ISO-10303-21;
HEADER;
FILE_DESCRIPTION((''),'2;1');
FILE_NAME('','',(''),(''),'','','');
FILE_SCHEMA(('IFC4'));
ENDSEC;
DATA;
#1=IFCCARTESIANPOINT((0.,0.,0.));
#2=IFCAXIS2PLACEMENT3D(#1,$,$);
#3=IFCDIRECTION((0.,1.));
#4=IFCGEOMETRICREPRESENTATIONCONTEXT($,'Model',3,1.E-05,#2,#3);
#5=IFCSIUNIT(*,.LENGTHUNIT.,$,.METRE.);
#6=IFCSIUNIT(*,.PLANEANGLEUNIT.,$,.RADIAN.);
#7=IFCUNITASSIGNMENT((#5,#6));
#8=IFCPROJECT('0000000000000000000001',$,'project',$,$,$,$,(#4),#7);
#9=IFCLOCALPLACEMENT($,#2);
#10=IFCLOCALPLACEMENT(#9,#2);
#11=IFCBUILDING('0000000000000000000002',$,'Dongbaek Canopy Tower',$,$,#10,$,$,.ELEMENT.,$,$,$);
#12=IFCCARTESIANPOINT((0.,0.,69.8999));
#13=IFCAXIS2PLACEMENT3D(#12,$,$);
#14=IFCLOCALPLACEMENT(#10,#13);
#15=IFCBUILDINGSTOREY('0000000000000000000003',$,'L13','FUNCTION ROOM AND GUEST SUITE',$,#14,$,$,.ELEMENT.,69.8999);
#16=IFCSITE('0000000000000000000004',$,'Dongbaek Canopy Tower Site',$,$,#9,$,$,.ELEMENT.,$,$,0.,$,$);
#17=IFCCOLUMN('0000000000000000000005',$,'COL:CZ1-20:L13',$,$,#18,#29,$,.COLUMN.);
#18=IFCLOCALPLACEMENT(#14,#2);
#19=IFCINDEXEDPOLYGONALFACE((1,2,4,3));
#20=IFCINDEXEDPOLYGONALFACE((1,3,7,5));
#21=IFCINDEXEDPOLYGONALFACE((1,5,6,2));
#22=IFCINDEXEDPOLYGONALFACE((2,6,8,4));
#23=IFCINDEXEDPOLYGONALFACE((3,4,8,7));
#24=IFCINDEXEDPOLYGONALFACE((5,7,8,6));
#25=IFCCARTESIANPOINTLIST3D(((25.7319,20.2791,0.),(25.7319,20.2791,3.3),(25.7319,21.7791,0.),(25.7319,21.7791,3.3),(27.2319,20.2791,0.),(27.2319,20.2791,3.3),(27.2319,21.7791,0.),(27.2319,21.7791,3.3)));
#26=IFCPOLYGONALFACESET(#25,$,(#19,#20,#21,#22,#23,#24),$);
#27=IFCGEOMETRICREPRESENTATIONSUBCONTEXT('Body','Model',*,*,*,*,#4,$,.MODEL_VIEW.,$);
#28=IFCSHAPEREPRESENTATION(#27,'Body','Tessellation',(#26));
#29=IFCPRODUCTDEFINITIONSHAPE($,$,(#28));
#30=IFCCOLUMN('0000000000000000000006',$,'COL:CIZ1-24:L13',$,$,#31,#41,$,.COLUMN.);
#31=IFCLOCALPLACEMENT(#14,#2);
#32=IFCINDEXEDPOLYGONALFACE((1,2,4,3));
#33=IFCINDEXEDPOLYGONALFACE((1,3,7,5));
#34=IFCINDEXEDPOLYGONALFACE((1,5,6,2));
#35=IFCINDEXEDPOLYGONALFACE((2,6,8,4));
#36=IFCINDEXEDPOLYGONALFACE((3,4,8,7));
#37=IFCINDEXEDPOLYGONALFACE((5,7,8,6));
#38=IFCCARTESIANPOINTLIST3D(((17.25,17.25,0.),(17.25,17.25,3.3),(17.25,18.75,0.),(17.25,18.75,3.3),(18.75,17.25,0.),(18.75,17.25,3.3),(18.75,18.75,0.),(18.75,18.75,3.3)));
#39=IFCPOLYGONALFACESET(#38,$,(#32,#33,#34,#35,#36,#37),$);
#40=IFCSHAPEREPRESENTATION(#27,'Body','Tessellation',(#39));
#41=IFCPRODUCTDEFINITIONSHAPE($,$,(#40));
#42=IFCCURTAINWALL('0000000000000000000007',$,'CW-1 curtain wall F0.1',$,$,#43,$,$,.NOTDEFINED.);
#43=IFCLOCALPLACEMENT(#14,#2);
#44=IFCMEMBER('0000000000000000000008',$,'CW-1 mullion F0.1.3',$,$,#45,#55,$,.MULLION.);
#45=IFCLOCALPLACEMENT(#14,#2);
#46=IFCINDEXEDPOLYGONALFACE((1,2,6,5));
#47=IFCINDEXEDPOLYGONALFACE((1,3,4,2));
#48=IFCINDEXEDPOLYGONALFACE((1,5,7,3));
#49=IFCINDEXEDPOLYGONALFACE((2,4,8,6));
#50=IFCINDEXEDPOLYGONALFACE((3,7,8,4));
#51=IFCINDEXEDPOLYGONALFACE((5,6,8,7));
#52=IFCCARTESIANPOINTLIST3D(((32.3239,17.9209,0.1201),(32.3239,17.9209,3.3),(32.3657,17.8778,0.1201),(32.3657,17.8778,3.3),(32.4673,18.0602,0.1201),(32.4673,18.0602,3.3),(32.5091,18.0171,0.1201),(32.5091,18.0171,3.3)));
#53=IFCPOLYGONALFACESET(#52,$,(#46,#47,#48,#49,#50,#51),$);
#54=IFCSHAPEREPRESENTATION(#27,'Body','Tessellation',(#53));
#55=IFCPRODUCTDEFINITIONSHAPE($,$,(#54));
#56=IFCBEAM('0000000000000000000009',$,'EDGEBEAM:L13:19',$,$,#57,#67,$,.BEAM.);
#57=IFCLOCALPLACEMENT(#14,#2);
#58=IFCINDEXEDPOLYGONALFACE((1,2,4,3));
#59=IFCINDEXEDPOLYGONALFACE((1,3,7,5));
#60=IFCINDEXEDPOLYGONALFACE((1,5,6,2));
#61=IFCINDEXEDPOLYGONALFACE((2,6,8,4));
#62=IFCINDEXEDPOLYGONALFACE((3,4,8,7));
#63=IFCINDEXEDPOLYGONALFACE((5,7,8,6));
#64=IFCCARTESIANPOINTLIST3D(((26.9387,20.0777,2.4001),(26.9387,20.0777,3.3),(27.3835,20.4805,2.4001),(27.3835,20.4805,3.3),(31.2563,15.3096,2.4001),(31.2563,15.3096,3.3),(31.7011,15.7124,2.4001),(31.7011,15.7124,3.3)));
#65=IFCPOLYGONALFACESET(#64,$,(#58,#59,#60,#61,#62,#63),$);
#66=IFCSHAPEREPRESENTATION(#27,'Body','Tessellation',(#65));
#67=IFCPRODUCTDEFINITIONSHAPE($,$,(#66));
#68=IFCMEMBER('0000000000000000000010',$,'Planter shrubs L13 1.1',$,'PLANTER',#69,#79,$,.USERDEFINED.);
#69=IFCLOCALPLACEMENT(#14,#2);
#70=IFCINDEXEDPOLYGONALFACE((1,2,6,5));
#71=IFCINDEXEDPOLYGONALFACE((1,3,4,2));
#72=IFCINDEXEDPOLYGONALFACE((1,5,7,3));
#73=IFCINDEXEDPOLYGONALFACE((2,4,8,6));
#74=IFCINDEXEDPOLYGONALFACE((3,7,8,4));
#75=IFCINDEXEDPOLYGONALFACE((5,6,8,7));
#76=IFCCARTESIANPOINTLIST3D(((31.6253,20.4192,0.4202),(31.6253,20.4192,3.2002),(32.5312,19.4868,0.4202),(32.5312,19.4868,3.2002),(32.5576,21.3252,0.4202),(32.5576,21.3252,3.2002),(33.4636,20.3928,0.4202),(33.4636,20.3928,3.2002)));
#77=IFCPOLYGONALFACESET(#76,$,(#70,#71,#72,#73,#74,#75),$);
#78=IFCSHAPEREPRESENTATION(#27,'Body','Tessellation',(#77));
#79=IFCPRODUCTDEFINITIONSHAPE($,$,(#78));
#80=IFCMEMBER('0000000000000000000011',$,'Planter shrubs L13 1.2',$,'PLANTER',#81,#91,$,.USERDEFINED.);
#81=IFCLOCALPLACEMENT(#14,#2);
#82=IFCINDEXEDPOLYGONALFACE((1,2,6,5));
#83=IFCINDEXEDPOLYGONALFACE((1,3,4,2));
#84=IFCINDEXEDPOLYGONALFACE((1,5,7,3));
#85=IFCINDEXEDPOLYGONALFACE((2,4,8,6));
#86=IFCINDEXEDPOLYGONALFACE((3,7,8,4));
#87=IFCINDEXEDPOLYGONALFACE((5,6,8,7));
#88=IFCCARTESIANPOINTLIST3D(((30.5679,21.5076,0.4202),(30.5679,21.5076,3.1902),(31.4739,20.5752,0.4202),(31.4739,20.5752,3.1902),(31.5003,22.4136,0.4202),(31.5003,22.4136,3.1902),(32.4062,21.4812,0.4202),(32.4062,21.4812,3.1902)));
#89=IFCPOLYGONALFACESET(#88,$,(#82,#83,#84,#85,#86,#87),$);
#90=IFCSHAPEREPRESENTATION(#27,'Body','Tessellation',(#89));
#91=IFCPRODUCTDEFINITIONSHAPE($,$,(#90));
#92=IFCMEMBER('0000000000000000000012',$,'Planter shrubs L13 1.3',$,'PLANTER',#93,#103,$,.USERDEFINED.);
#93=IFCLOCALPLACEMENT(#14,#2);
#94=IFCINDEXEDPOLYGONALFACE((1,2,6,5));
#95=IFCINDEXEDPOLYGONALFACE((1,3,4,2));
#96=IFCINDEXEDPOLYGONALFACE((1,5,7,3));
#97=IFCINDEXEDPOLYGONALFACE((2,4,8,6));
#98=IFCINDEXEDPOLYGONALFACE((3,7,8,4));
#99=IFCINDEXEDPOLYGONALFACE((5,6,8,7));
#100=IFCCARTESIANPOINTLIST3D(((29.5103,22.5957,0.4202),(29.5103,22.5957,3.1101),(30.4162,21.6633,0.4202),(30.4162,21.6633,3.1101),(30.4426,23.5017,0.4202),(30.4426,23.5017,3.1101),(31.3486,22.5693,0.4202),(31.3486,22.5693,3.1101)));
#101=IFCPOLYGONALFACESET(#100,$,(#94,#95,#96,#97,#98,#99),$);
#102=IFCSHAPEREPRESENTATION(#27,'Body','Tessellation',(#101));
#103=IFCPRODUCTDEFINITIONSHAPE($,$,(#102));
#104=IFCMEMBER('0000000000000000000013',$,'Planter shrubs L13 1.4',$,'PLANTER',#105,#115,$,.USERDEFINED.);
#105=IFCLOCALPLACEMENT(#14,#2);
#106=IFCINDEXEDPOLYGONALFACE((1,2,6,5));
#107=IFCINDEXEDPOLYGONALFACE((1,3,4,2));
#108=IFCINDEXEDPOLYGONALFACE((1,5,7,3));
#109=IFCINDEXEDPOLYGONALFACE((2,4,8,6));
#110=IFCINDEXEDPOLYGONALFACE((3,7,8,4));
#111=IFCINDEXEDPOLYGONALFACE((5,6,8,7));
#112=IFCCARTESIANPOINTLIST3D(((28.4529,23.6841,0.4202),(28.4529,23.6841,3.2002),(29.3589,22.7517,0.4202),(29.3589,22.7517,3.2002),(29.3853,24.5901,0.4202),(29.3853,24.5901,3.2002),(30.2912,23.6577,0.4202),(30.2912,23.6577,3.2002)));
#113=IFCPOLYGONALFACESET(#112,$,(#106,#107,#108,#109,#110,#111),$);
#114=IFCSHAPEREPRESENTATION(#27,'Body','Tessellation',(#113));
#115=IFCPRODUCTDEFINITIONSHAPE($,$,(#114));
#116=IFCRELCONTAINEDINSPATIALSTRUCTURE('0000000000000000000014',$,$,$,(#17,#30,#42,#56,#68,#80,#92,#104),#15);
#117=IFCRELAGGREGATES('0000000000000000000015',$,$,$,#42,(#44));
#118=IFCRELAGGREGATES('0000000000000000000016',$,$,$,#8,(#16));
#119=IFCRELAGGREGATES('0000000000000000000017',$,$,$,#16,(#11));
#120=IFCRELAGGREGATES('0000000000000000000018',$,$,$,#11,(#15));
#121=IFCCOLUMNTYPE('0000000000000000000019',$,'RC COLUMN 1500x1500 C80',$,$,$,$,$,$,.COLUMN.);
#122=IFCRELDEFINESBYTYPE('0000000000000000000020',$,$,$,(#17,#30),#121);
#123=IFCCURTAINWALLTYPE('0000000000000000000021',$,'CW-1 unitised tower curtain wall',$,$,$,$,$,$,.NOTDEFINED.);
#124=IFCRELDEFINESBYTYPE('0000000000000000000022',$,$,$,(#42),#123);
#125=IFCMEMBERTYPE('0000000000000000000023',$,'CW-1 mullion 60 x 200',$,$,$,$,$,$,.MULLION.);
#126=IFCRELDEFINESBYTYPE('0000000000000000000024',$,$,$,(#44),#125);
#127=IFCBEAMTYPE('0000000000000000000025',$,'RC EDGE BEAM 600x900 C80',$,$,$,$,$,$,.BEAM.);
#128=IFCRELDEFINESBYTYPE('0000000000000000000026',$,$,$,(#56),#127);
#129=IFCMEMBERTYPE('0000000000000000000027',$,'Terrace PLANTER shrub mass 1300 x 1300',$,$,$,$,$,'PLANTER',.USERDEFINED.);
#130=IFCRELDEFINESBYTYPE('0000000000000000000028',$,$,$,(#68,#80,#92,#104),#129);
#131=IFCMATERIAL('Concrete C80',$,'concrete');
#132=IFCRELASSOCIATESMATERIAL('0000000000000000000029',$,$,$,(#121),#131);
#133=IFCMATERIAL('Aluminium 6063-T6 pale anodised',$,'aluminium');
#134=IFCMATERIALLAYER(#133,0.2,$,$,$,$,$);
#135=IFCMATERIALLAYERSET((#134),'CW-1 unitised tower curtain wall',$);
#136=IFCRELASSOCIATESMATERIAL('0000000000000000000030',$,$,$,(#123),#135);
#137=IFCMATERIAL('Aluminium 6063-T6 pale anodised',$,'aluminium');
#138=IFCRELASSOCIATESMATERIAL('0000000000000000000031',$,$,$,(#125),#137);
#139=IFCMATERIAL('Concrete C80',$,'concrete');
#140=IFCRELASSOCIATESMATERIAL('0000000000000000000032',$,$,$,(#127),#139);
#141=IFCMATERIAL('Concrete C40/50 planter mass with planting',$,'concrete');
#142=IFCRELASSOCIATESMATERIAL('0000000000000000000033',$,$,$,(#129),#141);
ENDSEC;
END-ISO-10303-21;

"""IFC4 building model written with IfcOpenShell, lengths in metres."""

from ifc_helpers import new_model, si_unit, direction, frame, origin, origin_2d, place, context, subcontext, project, spatial, rectangle, extrude, material, layer, layer_set, material_profile, profile_set, type_object, element, aggregate, save


model = new_model("IFC4")

# Units and contexts
model_context = context("Model", 3, precision=1e-05, world=origin(), true_north=direction((0.0, 1.0)))
body_context = subcontext(model_context, "Body", "Model", "MODEL_VIEW")
ifc_project = project(units=[si_unit("LENGTHUNIT", "METRE"), si_unit("PLANEANGLEUNIT", "RADIAN")], contexts=[model_context])

# Site, building, storey
site_placement = place(None, origin())
site = spatial("IfcSite", under=ifc_project, at=site_placement, Name="Dongbaek Canopy Tower Site", CompositionType="ELEMENT", RefElevation=0.0)
building_placement = place(site_placement, origin())
building = spatial("IfcBuilding", under=site, at=building_placement, Name="Dongbaek Canopy Tower", CompositionType="ELEMENT")
storey_placement = place(building_placement, frame((0.0, 0.0, 69.8999)))
storey = spatial("IfcBuildingStorey", under=building, at=storey_placement, Name="L13", Description="FUNCTION ROOM AND GUEST SUITE", CompositionType="ELEMENT", Elevation=69.8999)

# Columns
ifc_material_1 = material(Name="Concrete C80", Category="concrete")
ifc_material_profile_1 = material_profile(ifc_material_1, rectangle(XDim=1.5, YDim=1.5, at=origin_2d()), Name="RC COLUMN 1500x1500 C80")
ifc_profile_set_1 = profile_set([ifc_material_profile_1], Name="Concrete C80")
column_type = type_object("IfcColumnType", Name="RC COLUMN 1500x1500 C80", PredefinedType="COLUMN", material=ifc_profile_set_1)
for number, where, z_axis, x_axis, name in (
    (1, (26.4819, 21.0291, 0.0), (0.0, 0.0, 1.0), (1.0, 0.0, 0.0), "COL:CZ1-20:L13"),
    (2, (18.0, 18.0, 0.0), (0.0, 0.0, 1.0), (1.0, 0.0, 0.0), "COL:CIZ1-24:L13"),
):
    element("IfcColumn", number, at=place(storey_placement, frame(where, z_axis=z_axis, x_axis=x_axis)), inside=storey, type_object=column_type, Name=name, PredefinedType="COLUMN", context=body_context, shape_type="SweptSolid", body=[
        extrude(rectangle(XDim=1.5, YDim=1.5, at=origin_2d()), origin(), (0.0, 0.0, 1.0), 3.3),
    ])

# Curtain wall, member
ifc_material_2 = material(Name="Aluminium 6063-T6 pale anodised", Category="aluminium")
ifc_layer_1 = layer(ifc_material_2, 0.2)
ifc_layer_set_1 = layer_set([ifc_layer_1], Name="CW-1 unitised tower curtain wall")
curtain_wall_type = type_object("IfcCurtainWallType", Name="CW-1 unitised tower curtain wall", PredefinedType="NOTDEFINED", material=ifc_layer_set_1)
curtain_wall_placement = place(storey_placement, origin())
curtain_wall = element("IfcCurtainWall", 3, at=curtain_wall_placement, inside=storey, type_object=curtain_wall_type, Name="CW-1 curtain wall F0.1", PredefinedType="NOTDEFINED")
ifc_material_3 = material(Name="Aluminium 6063-T6 pale anodised", Category="aluminium")
ifc_material_profile_2 = material_profile(ifc_material_3, rectangle(XDim=0.2, YDim=0.0601, at=origin_2d()), Name="CW-1 mullion 60 x 200")
ifc_profile_set_2 = profile_set([ifc_material_profile_2], Name="Aluminium 6063-T6 pale anodised")
member_type_1 = type_object("IfcMemberType", Name="CW-1 mullion 60 x 200", PredefinedType="MULLION", material=ifc_profile_set_2)
member_1_placement = place(storey_placement, frame((32.4165, 17.969, 0.1201), z_axis=(0.0, 0.0, 1.0), x_axis=(0.717186, 0.696882, 0.0)))
member_1 = element("IfcMember", 4, at=member_1_placement, type_object=member_type_1, Name="CW-1 mullion F0.1.3", PredefinedType="MULLION", context=body_context, shape_type="SweptSolid", body=[
    extrude(rectangle(XDim=0.2, YDim=0.0601, at=origin_2d()), origin(), (0.0, 0.0, 1.0), 3.1799),
])
aggregate(curtain_wall, [member_1])

# Beam
ifc_material_4 = material(Name="Concrete C80", Category="concrete")
ifc_material_profile_3 = material_profile(ifc_material_4, rectangle(XDim=0.6001, YDim=0.8999, at=origin_2d()), Name="RC EDGE BEAM 600x900 C80")
ifc_profile_set_3 = profile_set([ifc_material_profile_3], Name="Concrete C80")
beam_type = type_object("IfcBeamType", Name="RC EDGE BEAM 600x900 C80", PredefinedType="BEAM", material=ifc_profile_set_3)
beam_placement = place(storey_placement, frame((27.1611, 20.2791, 2.8501), z_axis=(0.671226, -0.741252, 0.0), x_axis=(0.741252, 0.671226, 0.0)))
element("IfcBeam", 5, at=beam_placement, inside=storey, type_object=beam_type, Name="EDGEBEAM:L13:19", PredefinedType="BEAM", context=body_context, shape_type="SweptSolid", body=[
    extrude(rectangle(XDim=0.6001, YDim=0.8999, at=origin_2d()), origin(), (0.0, 0.0, 1.0), 6.4324),
])

# Members
ifc_material_5 = material(Name="Concrete C40/50 planter mass with planting", Category="concrete")
ifc_material_profile_4 = material_profile(ifc_material_5, rectangle(XDim=1.3, YDim=1.3, at=origin_2d()), Name="Terrace PLANTER shrub mass 1300 x 1300")
ifc_profile_set_4 = profile_set([ifc_material_profile_4], Name="Concrete C40/50 planter mass with planting")
member_type_2 = type_object("IfcMemberType", Name="Terrace PLANTER shrub mass 1300 x 1300", ElementType="PLANTER", PredefinedType="USERDEFINED", material=ifc_profile_set_4)
member_2_placement = place(storey_placement, frame((32.5444, 20.406, 0.4202), z_axis=(0.0, 0.0, 1.0), x_axis=(0.717186, 0.696882, 0.0)))
element("IfcMember", 6, at=member_2_placement, inside=storey, type_object=member_type_2, Name="Planter shrubs L13 1.1", ObjectType="PLANTER", PredefinedType="USERDEFINED", context=body_context, shape_type="SweptSolid", body=[
    extrude(rectangle(XDim=1.3, YDim=1.3, at=origin_2d()), origin(), (0.0, 0.0, 1.0), 2.78),
])
member_3_placement = place(storey_placement, frame((31.4871, 21.4944, 0.4202), z_axis=(0.0, 0.0, 1.0), x_axis=(0.717186, 0.696882, 0.0)))
element("IfcMember", 7, at=member_3_placement, inside=storey, type_object=member_type_2, Name="Planter shrubs L13 1.2", ObjectType="PLANTER", PredefinedType="USERDEFINED", context=body_context, shape_type="SweptSolid", body=[
    extrude(rectangle(XDim=1.3, YDim=1.3, at=origin_2d()), origin(), (0.0, 0.0, 1.0), 2.77),
])
member_4_placement = place(storey_placement, frame((30.4294, 22.5825, 0.4202), z_axis=(0.0, 0.0, 1.0), x_axis=(0.717186, 0.696882, 0.0)))
element("IfcMember", 8, at=member_4_placement, inside=storey, type_object=member_type_2, Name="Planter shrubs L13 1.3", ObjectType="PLANTER", PredefinedType="USERDEFINED", context=body_context, shape_type="SweptSolid", body=[
    extrude(rectangle(XDim=1.3, YDim=1.3, at=origin_2d()), origin(), (0.0, 0.0, 1.0), 2.6899),
])
member_5_placement = place(storey_placement, frame((29.3721, 23.6709, 0.4202), z_axis=(0.0, 0.0, 1.0), x_axis=(0.717186, 0.696882, 0.0)))
element("IfcMember", 9, at=member_5_placement, inside=storey, type_object=member_type_2, Name="Planter shrubs L13 1.4", ObjectType="PLANTER", PredefinedType="USERDEFINED", context=body_context, shape_type="SweptSolid", body=[
    extrude(rectangle(XDim=1.3, YDim=1.3, at=origin_2d()), origin(), (0.0, 0.0, 1.0), 2.78),
])

save(model, "model.ifc")
